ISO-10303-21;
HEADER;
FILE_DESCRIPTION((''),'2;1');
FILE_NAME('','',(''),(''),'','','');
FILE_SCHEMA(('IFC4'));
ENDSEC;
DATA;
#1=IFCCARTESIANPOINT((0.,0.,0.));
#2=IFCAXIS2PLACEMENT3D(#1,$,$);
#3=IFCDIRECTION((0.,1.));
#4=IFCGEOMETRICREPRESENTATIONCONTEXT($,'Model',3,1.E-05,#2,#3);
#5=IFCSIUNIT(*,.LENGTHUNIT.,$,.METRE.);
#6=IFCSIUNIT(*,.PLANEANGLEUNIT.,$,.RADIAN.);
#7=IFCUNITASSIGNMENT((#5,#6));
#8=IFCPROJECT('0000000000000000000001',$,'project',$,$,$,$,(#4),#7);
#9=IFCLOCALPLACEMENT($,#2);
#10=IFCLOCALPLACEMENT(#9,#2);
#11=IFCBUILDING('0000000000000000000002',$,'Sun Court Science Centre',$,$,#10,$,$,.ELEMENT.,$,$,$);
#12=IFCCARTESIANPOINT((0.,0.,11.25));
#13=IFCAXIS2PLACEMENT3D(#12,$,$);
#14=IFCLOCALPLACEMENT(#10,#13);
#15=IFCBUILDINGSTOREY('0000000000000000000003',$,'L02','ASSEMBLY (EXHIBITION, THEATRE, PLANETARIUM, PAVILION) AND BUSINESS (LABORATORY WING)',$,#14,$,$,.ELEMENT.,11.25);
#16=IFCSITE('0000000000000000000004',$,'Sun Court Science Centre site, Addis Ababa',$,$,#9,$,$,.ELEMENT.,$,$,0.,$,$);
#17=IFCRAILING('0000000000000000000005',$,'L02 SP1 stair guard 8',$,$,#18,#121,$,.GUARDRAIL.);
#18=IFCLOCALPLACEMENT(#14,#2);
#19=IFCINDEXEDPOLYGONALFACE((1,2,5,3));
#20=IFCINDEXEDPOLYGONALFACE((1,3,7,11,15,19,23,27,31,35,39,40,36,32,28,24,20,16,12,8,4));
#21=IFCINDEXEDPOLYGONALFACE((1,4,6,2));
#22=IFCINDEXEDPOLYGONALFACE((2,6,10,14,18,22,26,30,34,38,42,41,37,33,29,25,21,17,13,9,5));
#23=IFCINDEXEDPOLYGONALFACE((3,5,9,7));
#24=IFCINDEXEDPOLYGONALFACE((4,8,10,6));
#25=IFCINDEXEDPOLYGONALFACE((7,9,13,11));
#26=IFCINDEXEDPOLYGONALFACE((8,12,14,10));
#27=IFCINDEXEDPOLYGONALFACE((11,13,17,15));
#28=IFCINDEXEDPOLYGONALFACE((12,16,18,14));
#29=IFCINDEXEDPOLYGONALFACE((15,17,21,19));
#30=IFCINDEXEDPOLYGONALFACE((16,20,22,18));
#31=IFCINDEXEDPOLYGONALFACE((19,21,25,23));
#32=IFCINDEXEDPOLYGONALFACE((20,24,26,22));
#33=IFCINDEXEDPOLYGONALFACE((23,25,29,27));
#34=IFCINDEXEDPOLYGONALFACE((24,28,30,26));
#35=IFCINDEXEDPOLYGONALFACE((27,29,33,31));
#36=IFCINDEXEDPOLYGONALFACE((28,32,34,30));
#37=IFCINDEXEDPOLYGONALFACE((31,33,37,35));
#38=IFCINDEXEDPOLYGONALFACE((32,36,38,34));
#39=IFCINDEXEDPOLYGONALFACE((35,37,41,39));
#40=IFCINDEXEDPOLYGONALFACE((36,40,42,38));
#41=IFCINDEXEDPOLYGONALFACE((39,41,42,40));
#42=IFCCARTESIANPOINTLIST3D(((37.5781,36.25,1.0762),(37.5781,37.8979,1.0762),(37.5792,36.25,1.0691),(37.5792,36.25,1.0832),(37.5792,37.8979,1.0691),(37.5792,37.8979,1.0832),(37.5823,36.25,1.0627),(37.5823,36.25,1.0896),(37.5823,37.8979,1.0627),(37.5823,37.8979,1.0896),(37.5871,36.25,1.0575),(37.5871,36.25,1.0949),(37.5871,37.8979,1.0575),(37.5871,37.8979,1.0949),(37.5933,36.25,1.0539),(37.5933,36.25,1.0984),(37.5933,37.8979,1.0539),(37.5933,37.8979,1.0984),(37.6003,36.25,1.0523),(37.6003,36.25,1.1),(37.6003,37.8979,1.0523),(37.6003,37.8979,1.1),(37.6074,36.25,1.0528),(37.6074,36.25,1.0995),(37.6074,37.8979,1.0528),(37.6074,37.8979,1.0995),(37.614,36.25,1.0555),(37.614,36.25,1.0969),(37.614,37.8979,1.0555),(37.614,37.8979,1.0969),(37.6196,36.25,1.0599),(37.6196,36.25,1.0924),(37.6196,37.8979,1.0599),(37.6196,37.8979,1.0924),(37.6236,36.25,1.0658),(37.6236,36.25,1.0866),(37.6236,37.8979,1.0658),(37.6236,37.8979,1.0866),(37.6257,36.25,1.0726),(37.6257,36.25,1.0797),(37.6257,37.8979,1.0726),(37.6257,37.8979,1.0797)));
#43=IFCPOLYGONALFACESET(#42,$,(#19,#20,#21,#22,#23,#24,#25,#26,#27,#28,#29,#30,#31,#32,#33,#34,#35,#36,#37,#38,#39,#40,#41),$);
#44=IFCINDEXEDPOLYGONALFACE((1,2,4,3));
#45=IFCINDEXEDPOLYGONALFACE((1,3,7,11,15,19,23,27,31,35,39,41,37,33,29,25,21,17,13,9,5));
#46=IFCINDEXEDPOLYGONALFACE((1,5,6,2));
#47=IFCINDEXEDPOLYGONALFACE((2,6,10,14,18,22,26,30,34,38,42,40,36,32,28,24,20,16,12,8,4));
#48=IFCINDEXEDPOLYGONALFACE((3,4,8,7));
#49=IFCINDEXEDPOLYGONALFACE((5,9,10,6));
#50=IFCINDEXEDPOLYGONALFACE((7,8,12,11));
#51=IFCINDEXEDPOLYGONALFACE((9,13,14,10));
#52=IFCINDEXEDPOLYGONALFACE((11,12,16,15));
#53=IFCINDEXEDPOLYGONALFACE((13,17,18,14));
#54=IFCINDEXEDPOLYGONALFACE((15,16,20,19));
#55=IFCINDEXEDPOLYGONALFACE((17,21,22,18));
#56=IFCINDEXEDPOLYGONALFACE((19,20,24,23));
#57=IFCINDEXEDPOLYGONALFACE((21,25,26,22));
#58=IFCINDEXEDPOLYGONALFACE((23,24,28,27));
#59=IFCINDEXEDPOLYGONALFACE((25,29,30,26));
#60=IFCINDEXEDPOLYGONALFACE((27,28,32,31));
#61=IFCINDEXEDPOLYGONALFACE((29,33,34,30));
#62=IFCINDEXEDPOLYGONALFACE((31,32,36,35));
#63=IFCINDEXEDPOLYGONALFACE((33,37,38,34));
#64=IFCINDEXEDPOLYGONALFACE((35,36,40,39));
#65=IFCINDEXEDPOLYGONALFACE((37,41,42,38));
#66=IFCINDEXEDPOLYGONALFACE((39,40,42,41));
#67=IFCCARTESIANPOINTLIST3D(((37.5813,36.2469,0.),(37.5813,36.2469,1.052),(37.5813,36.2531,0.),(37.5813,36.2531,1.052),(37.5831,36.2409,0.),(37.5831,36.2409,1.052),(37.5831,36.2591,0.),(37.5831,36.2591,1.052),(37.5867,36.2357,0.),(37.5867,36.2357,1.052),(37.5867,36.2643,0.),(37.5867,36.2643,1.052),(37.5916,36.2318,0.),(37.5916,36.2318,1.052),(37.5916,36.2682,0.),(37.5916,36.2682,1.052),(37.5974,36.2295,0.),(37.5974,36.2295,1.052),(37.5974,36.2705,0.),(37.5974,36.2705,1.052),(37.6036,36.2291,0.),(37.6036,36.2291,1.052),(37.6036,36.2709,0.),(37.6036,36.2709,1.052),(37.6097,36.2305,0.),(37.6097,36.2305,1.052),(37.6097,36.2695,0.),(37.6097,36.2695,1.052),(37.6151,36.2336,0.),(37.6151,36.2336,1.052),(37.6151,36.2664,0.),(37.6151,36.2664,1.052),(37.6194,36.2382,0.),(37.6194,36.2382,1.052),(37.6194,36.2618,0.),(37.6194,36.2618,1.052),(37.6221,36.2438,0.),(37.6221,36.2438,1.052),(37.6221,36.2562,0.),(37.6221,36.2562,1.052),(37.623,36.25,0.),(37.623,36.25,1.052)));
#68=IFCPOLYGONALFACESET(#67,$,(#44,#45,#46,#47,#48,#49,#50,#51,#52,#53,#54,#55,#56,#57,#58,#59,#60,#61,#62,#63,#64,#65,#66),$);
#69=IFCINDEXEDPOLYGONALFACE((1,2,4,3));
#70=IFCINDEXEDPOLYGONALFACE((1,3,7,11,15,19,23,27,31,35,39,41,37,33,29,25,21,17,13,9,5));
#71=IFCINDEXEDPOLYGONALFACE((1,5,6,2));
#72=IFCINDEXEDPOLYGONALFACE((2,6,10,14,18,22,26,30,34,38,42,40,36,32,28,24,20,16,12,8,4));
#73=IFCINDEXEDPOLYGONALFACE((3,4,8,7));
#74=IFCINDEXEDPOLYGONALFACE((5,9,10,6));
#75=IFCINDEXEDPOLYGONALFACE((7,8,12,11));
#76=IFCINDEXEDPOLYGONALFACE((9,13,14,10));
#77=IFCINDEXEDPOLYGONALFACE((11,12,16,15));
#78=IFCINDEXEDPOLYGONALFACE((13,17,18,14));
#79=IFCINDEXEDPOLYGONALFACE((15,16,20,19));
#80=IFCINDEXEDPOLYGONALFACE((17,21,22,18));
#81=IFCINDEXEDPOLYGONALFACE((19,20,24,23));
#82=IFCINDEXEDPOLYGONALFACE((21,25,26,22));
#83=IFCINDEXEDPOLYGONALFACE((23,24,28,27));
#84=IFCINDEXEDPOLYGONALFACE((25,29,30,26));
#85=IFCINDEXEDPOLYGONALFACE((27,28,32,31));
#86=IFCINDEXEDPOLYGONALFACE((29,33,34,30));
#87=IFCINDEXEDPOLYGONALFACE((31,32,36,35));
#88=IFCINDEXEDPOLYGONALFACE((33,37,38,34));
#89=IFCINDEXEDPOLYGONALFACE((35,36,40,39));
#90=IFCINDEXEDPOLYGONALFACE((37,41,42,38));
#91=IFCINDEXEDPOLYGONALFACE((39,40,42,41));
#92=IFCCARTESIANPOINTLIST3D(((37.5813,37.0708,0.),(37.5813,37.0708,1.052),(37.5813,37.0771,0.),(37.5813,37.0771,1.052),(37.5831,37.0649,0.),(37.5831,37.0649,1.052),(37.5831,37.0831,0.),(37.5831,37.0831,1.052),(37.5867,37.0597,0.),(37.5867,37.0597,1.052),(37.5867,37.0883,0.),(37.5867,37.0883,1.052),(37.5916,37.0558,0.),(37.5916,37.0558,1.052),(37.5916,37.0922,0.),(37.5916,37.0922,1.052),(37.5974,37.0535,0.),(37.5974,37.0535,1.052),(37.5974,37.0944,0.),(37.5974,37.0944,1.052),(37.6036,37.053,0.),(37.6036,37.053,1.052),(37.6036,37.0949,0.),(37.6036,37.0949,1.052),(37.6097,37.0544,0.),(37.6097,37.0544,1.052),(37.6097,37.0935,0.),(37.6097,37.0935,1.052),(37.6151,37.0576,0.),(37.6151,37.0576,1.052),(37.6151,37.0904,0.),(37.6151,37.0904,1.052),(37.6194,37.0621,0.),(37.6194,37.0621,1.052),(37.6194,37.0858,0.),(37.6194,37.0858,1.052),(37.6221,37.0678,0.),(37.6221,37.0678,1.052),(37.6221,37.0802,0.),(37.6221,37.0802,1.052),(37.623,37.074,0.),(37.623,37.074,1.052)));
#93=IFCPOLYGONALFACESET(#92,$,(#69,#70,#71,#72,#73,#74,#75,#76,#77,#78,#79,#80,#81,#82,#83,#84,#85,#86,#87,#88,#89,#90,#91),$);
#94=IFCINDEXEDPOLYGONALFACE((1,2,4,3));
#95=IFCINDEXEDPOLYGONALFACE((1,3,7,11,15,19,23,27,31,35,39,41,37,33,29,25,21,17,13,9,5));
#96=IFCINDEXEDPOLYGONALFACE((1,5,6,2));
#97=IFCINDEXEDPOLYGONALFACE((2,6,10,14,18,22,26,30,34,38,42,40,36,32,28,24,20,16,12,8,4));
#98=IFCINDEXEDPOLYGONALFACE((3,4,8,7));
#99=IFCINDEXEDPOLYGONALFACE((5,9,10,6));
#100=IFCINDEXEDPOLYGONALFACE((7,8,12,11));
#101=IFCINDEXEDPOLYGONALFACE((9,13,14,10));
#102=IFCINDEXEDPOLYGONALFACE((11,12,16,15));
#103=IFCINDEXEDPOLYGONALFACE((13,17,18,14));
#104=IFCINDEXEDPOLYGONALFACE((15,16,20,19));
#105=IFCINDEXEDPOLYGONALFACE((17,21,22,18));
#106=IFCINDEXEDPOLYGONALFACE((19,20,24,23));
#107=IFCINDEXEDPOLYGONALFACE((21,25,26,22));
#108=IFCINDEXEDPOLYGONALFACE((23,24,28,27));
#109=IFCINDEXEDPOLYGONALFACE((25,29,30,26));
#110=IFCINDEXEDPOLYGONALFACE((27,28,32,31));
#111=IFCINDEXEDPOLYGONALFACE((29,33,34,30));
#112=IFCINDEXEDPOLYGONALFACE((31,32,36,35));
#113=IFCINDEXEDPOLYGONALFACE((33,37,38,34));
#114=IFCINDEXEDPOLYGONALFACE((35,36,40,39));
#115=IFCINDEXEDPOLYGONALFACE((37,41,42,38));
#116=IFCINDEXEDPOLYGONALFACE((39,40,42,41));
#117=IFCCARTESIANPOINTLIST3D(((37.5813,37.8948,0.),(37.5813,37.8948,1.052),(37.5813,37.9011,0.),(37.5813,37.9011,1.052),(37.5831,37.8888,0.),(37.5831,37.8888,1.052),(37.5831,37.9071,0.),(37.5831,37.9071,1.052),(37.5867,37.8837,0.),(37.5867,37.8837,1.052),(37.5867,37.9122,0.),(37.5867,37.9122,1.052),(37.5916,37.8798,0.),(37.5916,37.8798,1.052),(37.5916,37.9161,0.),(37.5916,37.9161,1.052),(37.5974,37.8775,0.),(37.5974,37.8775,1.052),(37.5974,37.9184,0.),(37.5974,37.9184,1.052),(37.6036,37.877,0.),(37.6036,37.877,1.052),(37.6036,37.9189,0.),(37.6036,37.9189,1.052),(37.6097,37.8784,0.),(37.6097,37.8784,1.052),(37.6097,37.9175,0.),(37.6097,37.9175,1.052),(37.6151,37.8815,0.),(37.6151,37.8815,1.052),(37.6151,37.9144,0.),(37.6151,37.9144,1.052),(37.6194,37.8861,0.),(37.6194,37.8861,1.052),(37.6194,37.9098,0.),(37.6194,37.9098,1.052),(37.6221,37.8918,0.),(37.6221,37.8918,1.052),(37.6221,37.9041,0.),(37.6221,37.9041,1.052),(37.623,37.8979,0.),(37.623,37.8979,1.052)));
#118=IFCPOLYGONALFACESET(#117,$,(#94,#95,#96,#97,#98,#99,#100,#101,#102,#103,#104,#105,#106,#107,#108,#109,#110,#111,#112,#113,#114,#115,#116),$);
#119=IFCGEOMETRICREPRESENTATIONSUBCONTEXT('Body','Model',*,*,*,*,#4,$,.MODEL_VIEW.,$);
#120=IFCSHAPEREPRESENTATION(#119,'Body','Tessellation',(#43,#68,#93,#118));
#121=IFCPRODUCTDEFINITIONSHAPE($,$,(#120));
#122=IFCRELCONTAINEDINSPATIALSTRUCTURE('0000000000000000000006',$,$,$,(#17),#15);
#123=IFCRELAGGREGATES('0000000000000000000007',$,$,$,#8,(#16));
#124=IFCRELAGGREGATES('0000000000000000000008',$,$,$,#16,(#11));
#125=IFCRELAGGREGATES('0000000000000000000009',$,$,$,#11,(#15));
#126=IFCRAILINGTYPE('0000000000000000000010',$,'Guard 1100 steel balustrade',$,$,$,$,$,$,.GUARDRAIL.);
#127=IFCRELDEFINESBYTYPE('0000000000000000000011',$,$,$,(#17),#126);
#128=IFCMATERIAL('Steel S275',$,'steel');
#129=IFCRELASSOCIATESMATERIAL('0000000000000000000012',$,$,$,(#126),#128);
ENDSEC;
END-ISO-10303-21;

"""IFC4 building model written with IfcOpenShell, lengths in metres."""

from ifc_helpers import new_model, si_unit, direction, frame, origin, origin_2d, place, context, subcontext, project, spatial, circle, extrude, material, type_object, element, save


model = new_model("IFC4")

# Units and contexts
model_context = context("Model", 3, precision=1e-05, world=origin(), true_north=direction((0.0, 1.0)))
body_context = subcontext(model_context, "Body", "Model", "MODEL_VIEW")
ifc_project = project(units=[si_unit("LENGTHUNIT", "METRE"), si_unit("PLANEANGLEUNIT", "RADIAN")], contexts=[model_context])

# Site, building, storey
site_placement = place(None, origin())
site = spatial("IfcSite", under=ifc_project, at=site_placement, Name="Sun Court Science Centre site, Addis Ababa", CompositionType="ELEMENT", RefElevation=0.0)
building_placement = place(site_placement, origin())
building = spatial("IfcBuilding", under=site, at=building_placement, Name="Sun Court Science Centre", CompositionType="ELEMENT")
storey_placement = place(building_placement, frame((0.0, 0.0, 11.25)))
storey = spatial("IfcBuildingStorey", under=building, at=storey_placement, Name="L02", Description="ASSEMBLY (EXHIBITION, THEATRE, PLANETARIUM, PAVILION) AND BUSINESS (LABORATORY WING)", CompositionType="ELEMENT", Elevation=11.25)

# Railing
ifc_material_1 = material(Name="Steel S275", Category="steel")
railing_type_1 = type_object("IfcRailingType", Name="Guard 1100 steel balustrade", PredefinedType="GUARDRAIL", material=ifc_material_1)
for number, where, name in (
    (1, (37.6021, 36.25, 0.0), "L02 SP1 stair guard 8"),
):
    element("IfcRailing", number, at=place(storey_placement, frame(where)), inside=storey, type_object=railing_type_1, Name=name, PredefinedType="GUARDRAIL", context=body_context, shape_type="SweptSolid", body=[
        extrude(circle(Radius=0.0239, at=origin_2d()), frame((0.0, 0.0, 1.0762), z_axis=(0.0, 1.0, 0.0), x_axis=(-1.0, 0.0, 0.0)), (0.0, 0.0, 1.0), 1.6479),
        extrude(circle(Radius=0.021, at=origin_2d()), origin(), (0.0, 0.0, 1.0), 1.052),
        extrude(circle(Radius=0.021, at=origin_2d()), frame((0.0, 0.824, 0.0)), (0.0, 0.0, 1.0), 1.052),
        extrude(circle(Radius=0.021, at=origin_2d()), frame((0.0, 1.6479, 0.0)), (0.0, 0.0, 1.0), 1.052),
    ])

save(model, "model.ifc")
